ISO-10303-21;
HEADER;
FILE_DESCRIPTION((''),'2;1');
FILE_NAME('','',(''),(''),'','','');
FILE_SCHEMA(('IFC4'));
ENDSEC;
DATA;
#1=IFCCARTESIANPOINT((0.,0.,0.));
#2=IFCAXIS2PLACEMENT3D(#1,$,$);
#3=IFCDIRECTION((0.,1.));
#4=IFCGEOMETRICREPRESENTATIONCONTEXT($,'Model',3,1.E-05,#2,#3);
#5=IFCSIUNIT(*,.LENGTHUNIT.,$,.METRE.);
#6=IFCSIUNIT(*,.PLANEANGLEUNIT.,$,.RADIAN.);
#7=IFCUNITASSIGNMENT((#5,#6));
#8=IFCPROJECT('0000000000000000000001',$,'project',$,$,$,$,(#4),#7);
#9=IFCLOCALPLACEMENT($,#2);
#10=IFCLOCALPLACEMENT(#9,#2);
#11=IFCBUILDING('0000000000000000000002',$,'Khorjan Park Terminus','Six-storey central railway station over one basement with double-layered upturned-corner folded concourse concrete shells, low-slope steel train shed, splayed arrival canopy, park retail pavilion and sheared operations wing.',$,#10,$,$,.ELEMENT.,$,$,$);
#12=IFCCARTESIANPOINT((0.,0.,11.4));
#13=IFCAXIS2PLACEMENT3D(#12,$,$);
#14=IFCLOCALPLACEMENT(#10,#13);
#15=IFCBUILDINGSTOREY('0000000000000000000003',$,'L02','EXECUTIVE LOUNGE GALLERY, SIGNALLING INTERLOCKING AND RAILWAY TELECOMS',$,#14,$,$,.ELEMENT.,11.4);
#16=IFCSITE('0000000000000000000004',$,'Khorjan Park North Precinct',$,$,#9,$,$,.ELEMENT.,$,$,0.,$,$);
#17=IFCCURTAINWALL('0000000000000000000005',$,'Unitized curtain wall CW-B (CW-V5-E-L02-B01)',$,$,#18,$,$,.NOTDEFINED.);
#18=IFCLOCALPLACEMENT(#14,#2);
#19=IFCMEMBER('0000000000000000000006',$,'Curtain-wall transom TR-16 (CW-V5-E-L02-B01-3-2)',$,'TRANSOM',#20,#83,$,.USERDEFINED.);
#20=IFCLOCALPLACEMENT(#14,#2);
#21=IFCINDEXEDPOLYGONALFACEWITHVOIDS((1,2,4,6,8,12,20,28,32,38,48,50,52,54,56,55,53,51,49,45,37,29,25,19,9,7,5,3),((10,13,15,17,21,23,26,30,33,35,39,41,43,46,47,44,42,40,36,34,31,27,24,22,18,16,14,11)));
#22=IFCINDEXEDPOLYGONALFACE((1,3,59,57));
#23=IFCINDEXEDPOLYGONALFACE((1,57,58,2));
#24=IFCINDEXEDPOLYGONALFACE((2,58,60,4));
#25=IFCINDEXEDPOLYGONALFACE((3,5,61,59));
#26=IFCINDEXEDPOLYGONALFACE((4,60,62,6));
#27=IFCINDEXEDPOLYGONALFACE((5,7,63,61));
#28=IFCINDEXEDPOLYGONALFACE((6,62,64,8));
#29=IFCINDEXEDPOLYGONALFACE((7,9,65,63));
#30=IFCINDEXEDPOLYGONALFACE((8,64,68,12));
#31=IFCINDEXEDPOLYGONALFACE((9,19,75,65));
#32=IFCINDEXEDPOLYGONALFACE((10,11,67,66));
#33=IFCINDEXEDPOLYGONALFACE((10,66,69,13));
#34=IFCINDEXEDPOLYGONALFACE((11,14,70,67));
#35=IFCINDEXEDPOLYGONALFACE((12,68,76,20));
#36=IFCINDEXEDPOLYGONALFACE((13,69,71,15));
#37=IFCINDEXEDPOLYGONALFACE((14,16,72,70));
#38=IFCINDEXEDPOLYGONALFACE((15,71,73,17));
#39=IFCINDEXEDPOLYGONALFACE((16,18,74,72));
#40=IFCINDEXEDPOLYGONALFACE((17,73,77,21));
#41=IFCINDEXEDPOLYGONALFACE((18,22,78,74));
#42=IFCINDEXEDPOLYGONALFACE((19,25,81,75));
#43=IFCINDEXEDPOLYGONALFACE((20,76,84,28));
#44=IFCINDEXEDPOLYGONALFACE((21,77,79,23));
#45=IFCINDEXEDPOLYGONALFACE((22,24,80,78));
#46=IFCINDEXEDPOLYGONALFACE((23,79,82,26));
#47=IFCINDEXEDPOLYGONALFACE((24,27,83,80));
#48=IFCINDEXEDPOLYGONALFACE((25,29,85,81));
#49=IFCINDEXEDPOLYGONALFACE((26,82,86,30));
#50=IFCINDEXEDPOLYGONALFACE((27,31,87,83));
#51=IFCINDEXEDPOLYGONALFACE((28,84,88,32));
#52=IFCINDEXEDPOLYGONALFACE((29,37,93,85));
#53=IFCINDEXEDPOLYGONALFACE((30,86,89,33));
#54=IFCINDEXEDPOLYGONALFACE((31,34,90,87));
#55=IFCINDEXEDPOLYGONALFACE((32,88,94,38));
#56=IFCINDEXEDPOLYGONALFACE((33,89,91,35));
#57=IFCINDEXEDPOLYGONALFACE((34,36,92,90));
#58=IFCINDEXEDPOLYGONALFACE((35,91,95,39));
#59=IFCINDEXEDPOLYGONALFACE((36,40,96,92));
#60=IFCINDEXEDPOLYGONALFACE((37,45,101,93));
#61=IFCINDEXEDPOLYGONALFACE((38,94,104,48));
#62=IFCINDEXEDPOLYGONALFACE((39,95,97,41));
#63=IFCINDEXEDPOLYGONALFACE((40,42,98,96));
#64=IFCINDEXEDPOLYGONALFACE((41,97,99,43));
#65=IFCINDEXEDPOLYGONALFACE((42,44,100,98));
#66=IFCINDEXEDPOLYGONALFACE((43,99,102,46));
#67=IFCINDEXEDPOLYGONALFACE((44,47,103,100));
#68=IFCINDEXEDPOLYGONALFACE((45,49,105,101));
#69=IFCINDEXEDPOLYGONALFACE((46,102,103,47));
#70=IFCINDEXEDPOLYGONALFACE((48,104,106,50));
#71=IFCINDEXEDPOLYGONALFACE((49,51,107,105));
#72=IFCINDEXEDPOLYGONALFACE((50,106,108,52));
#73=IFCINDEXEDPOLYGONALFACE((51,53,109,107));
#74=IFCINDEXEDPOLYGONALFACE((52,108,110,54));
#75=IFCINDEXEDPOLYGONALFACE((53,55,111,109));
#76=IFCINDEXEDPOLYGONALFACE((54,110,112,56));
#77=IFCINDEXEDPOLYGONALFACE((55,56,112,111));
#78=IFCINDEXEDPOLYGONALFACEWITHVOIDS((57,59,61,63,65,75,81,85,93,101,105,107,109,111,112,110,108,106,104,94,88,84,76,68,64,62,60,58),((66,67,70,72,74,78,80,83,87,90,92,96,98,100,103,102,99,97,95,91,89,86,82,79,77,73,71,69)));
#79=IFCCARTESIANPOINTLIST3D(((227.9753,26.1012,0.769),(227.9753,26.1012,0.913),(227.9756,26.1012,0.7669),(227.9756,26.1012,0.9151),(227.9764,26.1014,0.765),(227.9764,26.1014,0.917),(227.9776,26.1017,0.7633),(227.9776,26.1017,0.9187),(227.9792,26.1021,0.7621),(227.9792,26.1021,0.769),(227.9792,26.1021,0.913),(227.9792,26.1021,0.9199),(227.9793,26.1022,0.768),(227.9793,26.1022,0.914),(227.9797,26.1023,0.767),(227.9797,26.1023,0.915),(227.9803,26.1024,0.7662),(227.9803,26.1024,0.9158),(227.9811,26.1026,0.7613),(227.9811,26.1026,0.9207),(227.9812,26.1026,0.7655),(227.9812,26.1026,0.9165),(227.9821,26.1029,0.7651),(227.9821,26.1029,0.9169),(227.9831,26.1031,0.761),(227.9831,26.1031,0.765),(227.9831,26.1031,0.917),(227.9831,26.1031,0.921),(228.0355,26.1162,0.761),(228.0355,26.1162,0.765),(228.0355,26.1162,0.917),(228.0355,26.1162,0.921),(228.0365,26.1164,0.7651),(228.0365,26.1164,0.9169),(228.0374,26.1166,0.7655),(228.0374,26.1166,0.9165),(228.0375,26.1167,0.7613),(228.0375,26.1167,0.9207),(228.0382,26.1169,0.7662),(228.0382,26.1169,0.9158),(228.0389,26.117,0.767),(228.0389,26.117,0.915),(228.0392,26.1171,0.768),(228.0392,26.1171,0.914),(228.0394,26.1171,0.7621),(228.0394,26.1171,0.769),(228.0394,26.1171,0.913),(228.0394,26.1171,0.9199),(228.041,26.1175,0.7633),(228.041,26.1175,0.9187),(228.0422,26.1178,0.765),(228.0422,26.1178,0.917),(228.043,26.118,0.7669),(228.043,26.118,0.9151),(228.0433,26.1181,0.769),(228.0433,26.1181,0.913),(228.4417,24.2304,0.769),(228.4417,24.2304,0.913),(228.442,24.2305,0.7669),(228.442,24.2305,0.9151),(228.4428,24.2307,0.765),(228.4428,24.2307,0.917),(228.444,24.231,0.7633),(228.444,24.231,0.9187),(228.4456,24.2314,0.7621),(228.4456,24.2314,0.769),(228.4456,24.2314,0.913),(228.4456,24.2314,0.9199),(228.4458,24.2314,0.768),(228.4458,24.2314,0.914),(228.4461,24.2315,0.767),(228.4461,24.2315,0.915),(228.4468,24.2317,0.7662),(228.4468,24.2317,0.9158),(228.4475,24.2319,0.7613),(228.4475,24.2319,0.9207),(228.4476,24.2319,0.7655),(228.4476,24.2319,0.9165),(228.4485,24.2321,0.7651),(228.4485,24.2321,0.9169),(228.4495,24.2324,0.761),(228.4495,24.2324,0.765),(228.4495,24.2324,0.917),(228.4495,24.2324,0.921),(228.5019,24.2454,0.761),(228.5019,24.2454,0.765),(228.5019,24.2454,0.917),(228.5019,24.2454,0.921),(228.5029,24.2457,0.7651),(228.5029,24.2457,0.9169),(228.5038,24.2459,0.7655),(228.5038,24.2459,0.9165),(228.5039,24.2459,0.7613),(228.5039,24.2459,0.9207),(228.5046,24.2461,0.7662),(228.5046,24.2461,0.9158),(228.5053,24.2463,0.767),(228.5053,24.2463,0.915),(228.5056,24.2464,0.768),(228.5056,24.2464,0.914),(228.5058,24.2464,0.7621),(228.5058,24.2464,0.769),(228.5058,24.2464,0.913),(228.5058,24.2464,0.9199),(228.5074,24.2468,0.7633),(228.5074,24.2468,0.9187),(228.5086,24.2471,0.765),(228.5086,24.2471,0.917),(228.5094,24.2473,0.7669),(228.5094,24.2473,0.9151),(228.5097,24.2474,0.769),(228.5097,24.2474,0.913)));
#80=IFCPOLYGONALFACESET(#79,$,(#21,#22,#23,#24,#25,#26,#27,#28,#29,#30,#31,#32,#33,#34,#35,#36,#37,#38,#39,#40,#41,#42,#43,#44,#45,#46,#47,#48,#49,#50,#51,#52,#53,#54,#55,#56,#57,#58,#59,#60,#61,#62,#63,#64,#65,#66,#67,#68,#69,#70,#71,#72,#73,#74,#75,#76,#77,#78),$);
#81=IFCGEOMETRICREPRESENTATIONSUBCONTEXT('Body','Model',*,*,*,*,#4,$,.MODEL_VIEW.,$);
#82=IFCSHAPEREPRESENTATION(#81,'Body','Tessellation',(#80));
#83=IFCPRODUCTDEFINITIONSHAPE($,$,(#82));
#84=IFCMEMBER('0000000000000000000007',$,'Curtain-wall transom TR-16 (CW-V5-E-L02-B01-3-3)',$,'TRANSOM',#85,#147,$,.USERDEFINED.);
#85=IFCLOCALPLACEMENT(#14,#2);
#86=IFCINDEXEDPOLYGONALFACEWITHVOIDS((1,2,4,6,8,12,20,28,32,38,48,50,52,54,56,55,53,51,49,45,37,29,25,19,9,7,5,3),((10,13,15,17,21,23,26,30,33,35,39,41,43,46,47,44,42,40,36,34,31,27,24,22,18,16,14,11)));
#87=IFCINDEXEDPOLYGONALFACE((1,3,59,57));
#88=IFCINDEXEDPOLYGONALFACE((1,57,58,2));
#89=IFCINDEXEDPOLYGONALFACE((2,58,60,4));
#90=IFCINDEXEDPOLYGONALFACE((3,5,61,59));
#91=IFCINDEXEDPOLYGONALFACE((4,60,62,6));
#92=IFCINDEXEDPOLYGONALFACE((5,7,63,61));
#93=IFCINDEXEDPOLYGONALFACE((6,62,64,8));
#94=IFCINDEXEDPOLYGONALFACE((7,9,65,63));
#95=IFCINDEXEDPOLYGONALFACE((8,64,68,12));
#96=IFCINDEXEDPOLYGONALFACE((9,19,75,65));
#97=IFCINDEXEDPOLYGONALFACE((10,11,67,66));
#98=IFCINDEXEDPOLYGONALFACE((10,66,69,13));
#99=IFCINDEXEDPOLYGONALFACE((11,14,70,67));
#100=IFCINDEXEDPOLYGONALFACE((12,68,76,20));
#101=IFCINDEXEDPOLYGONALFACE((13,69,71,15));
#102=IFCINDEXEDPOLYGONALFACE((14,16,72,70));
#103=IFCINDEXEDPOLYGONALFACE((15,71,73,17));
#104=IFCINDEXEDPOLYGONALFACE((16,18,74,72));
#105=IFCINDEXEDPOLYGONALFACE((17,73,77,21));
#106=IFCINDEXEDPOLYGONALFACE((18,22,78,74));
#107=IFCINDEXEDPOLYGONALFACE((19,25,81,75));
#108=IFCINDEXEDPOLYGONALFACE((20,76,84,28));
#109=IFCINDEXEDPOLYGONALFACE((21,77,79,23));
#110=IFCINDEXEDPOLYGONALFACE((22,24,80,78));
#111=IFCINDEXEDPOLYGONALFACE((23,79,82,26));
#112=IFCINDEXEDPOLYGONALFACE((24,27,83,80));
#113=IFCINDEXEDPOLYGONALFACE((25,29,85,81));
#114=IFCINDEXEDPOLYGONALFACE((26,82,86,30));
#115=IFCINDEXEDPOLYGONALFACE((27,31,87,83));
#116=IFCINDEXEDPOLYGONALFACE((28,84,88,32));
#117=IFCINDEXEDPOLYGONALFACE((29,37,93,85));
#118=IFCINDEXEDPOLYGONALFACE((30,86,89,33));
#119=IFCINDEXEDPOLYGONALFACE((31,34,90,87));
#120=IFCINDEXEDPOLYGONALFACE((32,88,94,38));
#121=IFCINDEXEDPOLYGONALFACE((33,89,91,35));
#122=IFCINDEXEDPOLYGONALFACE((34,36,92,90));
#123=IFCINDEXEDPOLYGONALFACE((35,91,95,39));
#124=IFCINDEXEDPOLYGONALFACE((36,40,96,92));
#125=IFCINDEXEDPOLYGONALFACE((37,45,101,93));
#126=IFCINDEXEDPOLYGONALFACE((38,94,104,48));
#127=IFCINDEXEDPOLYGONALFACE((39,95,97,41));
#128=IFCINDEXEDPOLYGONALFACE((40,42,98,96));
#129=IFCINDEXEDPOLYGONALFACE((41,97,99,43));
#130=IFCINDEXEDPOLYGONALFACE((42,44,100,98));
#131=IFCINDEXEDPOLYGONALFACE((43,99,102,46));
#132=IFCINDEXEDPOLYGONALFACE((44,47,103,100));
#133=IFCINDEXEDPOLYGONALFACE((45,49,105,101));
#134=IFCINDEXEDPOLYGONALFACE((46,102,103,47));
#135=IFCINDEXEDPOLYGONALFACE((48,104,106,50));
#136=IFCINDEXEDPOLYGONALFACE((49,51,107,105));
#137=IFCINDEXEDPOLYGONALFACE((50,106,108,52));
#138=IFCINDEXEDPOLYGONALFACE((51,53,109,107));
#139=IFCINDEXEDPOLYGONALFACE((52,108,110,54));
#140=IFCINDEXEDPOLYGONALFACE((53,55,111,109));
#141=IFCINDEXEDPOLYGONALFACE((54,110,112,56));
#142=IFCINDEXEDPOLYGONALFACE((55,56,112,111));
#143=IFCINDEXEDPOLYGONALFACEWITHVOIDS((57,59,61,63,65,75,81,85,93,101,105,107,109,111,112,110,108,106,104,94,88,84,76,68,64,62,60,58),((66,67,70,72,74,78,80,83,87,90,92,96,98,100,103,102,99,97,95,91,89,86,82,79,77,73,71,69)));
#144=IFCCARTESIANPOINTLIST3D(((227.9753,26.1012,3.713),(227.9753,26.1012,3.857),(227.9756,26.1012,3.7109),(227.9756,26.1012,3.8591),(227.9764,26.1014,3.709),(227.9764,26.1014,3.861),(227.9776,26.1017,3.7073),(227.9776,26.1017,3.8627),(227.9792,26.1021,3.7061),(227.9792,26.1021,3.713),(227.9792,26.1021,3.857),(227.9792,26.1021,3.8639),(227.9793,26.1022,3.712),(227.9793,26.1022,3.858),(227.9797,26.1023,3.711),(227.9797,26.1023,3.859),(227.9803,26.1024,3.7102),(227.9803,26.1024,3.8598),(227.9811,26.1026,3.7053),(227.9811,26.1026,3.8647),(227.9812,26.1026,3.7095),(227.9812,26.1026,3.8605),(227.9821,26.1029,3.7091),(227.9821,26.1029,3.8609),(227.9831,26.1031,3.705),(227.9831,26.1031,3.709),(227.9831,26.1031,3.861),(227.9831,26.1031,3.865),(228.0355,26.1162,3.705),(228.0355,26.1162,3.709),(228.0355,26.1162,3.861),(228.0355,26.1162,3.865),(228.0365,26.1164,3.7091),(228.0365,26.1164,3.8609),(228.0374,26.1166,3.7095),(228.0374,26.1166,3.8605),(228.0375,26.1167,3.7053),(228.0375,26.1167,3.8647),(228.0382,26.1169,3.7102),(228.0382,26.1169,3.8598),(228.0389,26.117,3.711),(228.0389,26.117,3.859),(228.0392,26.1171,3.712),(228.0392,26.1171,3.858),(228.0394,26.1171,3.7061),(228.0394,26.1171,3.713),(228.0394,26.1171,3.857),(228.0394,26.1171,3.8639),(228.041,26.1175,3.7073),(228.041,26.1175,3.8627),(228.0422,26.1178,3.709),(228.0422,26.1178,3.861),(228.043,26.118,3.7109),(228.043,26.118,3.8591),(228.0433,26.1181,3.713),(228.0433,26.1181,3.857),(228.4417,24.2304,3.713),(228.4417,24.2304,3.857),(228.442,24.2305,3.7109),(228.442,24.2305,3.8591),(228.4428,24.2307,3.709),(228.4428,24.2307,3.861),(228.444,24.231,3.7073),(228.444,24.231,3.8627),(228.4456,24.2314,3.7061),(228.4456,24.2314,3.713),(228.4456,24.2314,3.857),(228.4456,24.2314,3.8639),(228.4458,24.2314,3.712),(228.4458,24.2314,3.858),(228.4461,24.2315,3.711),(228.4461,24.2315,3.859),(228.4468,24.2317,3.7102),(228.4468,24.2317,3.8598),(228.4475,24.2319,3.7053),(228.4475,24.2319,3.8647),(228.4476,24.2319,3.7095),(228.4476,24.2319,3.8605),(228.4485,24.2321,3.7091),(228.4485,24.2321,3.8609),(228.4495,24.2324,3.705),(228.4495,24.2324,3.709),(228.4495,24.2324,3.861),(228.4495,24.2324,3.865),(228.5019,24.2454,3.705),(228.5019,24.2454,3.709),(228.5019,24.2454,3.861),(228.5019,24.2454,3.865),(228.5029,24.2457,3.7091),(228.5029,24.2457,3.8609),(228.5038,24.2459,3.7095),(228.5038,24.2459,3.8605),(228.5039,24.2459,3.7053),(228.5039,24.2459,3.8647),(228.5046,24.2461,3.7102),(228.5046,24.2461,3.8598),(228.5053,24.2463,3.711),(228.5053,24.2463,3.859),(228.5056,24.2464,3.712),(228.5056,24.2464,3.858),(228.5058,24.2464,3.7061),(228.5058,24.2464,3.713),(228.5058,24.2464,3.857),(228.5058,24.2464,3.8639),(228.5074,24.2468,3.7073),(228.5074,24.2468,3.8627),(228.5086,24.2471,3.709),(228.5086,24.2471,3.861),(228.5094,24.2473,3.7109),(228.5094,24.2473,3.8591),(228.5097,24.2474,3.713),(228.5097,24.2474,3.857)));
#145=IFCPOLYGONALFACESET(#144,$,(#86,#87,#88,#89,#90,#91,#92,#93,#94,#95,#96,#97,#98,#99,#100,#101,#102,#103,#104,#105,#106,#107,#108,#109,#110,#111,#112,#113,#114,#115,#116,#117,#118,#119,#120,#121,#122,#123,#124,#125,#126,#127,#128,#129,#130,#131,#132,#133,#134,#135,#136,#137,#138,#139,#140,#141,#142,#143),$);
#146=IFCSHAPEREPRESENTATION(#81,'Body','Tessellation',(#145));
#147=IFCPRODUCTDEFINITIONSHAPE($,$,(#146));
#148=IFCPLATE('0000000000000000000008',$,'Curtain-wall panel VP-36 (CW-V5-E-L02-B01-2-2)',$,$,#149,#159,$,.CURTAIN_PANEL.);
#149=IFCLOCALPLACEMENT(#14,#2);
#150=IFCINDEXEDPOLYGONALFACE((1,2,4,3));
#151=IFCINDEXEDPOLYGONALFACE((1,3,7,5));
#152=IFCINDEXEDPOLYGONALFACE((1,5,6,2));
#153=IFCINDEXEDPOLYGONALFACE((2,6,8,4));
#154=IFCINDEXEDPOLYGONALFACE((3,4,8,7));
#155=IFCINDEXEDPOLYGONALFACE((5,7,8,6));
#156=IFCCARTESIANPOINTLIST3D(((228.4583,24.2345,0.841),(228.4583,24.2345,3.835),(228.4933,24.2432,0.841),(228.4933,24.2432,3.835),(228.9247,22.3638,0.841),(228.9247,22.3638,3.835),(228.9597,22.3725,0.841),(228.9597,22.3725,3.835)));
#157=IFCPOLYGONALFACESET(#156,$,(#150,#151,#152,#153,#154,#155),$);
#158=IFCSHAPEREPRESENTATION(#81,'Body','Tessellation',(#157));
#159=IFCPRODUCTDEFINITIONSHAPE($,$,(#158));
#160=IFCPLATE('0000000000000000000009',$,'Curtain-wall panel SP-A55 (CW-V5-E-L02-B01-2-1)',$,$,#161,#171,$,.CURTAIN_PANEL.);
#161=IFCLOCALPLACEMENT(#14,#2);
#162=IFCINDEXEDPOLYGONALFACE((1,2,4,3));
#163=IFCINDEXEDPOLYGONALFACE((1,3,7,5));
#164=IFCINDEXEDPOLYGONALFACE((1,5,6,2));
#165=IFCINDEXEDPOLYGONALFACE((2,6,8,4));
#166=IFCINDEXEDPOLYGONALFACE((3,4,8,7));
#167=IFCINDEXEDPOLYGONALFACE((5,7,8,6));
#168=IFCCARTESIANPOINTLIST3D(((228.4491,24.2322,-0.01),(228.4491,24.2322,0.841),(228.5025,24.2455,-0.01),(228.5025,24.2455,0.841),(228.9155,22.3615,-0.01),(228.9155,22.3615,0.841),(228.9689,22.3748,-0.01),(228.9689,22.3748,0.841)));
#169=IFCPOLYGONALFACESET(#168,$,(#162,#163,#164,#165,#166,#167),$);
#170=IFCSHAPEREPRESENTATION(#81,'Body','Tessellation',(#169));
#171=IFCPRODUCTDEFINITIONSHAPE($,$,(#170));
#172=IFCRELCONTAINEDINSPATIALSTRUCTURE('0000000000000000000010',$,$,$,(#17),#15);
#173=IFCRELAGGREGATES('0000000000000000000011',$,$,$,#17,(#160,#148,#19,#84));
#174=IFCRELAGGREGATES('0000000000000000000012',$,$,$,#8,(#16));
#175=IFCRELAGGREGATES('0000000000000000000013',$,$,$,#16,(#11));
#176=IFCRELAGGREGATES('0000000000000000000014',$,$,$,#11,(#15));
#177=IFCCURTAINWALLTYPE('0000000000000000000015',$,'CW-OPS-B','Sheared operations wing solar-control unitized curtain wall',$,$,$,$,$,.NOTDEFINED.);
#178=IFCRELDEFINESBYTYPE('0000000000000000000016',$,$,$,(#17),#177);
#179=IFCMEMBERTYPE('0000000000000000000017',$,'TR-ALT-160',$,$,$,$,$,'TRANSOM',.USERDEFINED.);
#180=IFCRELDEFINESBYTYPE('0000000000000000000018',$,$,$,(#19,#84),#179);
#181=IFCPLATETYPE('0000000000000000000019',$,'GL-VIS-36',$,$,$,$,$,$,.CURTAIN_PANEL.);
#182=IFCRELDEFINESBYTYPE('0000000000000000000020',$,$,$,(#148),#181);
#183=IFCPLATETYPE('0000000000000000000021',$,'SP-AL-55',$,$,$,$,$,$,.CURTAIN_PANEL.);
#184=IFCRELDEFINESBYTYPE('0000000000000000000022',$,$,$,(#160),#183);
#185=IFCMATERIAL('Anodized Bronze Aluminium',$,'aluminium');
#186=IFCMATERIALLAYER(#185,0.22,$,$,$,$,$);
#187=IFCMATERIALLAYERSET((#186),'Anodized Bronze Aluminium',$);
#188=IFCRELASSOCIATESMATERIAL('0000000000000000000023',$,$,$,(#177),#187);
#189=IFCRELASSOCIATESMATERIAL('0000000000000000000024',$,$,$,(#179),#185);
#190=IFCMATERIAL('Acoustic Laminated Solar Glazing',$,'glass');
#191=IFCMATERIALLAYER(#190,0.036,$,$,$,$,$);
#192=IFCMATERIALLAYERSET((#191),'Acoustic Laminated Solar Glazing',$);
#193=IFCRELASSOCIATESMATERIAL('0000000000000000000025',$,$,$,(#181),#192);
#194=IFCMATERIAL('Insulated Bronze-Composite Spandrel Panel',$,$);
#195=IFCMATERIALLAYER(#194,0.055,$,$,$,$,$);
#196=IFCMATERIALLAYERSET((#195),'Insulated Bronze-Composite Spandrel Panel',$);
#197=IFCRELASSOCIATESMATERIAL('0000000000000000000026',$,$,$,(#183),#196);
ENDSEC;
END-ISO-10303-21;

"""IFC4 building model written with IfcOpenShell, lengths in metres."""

from ifc_helpers import new_model, si_unit, direction, frame, origin, origin_2d, place, context, subcontext, project, spatial, rectangle, hollow_rectangle, extrude, material, layer, layer_set, material_profile, profile_set, type_object, element, aggregate, save


model = new_model("IFC4")

# Units and contexts
model_context = context("Model", 3, precision=1e-05, world=origin(), true_north=direction((0.0, 1.0)))
body_context = subcontext(model_context, "Body", "Model", "MODEL_VIEW")
ifc_project = project(units=[si_unit("LENGTHUNIT", "METRE"), si_unit("PLANEANGLEUNIT", "RADIAN")], contexts=[model_context])

# Site, building, storey
site_placement = place(None, origin())
site = spatial("IfcSite", under=ifc_project, at=site_placement, Name="Khorjan Park North Precinct", CompositionType="ELEMENT", RefElevation=0.0)
building_placement = place(site_placement, origin())
building = spatial("IfcBuilding", under=site, at=building_placement, Name="Khorjan Park Terminus", Description="Six-storey central railway station over one basement with double-layered upturned-corner folded concourse concrete shells, low-slope steel train shed, splayed arrival canopy, park retail pavilion and sheared operations wing.", CompositionType="ELEMENT")
storey_placement = place(building_placement, frame((0.0, 0.0, 11.4)))
storey = spatial("IfcBuildingStorey", under=building, at=storey_placement, Name="L02", Description="EXECUTIVE LOUNGE GALLERY, SIGNALLING INTERLOCKING AND RAILWAY TELECOMS", CompositionType="ELEMENT", Elevation=11.4)

# Shared definitions
ifc_material_1 = material(Name="Anodized Bronze Aluminium", Category="aluminium")
ifc_layer_1 = layer(ifc_material_1, 0.22)
ifc_layer_set_1 = layer_set([ifc_layer_1], Name="Anodized Bronze Aluminium")
curtain_wall_type = type_object("IfcCurtainWallType", Name="CW-OPS-B", Description="Sheared operations wing solar-control unitized curtain wall", PredefinedType="NOTDEFINED", material=ifc_layer_set_1)

# Curtain wall, members, plates
curtain_wall_1_placement = place(storey_placement, origin())
curtain_wall_1 = element("IfcCurtainWall", 1, at=curtain_wall_1_placement, inside=storey, type_object=curtain_wall_type, Name="Unitized curtain wall CW-B (CW-V5-E-L02-B01)", PredefinedType="NOTDEFINED")
ifc_material_profile_1 = material_profile(ifc_material_1, hollow_rectangle(XDim=0.07, YDim=0.16, WallThickness=0.004, InnerFilletRadius=0.004, OuterFilletRadius=0.008, at=origin_2d()), Name="ALT 70x160x4")
ifc_profile_set_1 = profile_set([ifc_material_profile_1], Name="Anodized Bronze Aluminium")
member_type_1 = type_object("IfcMemberType", Name="TR-ALT-160", ElementType="TRANSOM", PredefinedType="USERDEFINED", material=ifc_profile_set_1)
member_1_placement = place(storey_placement, frame((228.4757, 24.2389, 0.841), z_axis=(-0.241913, 0.970298, 0.0), x_axis=(-0.970298, -0.241913, 0.0)))
member_1 = element("IfcMember", 2, at=member_1_placement, type_object=member_type_1, Name="Curtain-wall transom TR-16 (CW-V5-E-L02-B01-3-2)", ObjectType="TRANSOM", PredefinedType="USERDEFINED", context=body_context, shape_type="SweptSolid", body=[
    extrude(hollow_rectangle(XDim=0.07, YDim=0.16, WallThickness=0.004, InnerFilletRadius=0.004, OuterFilletRadius=0.008, at=origin_2d()), origin(), (0.0, 0.0, 1.0), 1.928),
])
member_2_placement = place(storey_placement, frame((228.4757, 24.2389, 3.785), z_axis=(-0.241913, 0.970298, 0.0), x_axis=(-0.970298, -0.241913, 0.0)))
member_2 = element("IfcMember", 3, at=member_2_placement, type_object=member_type_1, Name="Curtain-wall transom TR-16 (CW-V5-E-L02-B01-3-3)", ObjectType="TRANSOM", PredefinedType="USERDEFINED", context=body_context, shape_type="SweptSolid", body=[
    extrude(hollow_rectangle(XDim=0.07, YDim=0.16, WallThickness=0.004, InnerFilletRadius=0.004, OuterFilletRadius=0.008, at=origin_2d()), origin(), (0.0, 0.0, 1.0), 1.928),
])
ifc_material_2 = material(Name="Acoustic Laminated Solar Glazing", Category="glass")
ifc_layer_2 = layer(ifc_material_2, 0.036)
ifc_layer_set_2 = layer_set([ifc_layer_2], Name="Acoustic Laminated Solar Glazing")
plate_type_1 = type_object("IfcPlateType", Name="GL-VIS-36", PredefinedType="CURTAIN_PANEL", material=ifc_layer_set_2)
plate_1_placement = place(storey_placement, frame((228.709, 23.3035, 0.841), z_axis=(0.0, 0.0, 1.0), x_axis=(-0.24192, 0.970296, 0.0)))
plate_1 = element("IfcPlate", 4, at=plate_1_placement, type_object=plate_type_1, Name="Curtain-wall panel VP-36 (CW-V5-E-L02-B01-2-2)", PredefinedType="CURTAIN_PANEL", context=body_context, shape_type="SweptSolid", body=[
    extrude(rectangle(XDim=1.928, YDim=0.036, at=origin_2d()), origin(), (0.0, 0.0, 1.0), 2.994),
])
ifc_material_3 = material(Name="Insulated Bronze-Composite Spandrel Panel")
ifc_layer_3 = layer(ifc_material_3, 0.055)
ifc_layer_set_3 = layer_set([ifc_layer_3], Name="Insulated Bronze-Composite Spandrel Panel")
plate_type_2 = type_object("IfcPlateType", Name="SP-AL-55", PredefinedType="CURTAIN_PANEL", material=ifc_layer_set_3)
plate_2_placement = place(storey_placement, frame((228.709, 23.3035, -0.01), z_axis=(0.0, 0.0, 1.0), x_axis=(-0.24192, 0.970296, 0.0)))
plate_2 = element("IfcPlate", 5, at=plate_2_placement, type_object=plate_type_2, Name="Curtain-wall panel SP-A55 (CW-V5-E-L02-B01-2-1)", PredefinedType="CURTAIN_PANEL", context=body_context, shape_type="SweptSolid", body=[
    extrude(rectangle(XDim=1.928, YDim=0.055, at=origin_2d()), origin(), (0.0, 0.0, 1.0), 0.851),
])
aggregate(curtain_wall_1, [plate_2, plate_1, member_1, member_2])

save(model, "model.ifc")
